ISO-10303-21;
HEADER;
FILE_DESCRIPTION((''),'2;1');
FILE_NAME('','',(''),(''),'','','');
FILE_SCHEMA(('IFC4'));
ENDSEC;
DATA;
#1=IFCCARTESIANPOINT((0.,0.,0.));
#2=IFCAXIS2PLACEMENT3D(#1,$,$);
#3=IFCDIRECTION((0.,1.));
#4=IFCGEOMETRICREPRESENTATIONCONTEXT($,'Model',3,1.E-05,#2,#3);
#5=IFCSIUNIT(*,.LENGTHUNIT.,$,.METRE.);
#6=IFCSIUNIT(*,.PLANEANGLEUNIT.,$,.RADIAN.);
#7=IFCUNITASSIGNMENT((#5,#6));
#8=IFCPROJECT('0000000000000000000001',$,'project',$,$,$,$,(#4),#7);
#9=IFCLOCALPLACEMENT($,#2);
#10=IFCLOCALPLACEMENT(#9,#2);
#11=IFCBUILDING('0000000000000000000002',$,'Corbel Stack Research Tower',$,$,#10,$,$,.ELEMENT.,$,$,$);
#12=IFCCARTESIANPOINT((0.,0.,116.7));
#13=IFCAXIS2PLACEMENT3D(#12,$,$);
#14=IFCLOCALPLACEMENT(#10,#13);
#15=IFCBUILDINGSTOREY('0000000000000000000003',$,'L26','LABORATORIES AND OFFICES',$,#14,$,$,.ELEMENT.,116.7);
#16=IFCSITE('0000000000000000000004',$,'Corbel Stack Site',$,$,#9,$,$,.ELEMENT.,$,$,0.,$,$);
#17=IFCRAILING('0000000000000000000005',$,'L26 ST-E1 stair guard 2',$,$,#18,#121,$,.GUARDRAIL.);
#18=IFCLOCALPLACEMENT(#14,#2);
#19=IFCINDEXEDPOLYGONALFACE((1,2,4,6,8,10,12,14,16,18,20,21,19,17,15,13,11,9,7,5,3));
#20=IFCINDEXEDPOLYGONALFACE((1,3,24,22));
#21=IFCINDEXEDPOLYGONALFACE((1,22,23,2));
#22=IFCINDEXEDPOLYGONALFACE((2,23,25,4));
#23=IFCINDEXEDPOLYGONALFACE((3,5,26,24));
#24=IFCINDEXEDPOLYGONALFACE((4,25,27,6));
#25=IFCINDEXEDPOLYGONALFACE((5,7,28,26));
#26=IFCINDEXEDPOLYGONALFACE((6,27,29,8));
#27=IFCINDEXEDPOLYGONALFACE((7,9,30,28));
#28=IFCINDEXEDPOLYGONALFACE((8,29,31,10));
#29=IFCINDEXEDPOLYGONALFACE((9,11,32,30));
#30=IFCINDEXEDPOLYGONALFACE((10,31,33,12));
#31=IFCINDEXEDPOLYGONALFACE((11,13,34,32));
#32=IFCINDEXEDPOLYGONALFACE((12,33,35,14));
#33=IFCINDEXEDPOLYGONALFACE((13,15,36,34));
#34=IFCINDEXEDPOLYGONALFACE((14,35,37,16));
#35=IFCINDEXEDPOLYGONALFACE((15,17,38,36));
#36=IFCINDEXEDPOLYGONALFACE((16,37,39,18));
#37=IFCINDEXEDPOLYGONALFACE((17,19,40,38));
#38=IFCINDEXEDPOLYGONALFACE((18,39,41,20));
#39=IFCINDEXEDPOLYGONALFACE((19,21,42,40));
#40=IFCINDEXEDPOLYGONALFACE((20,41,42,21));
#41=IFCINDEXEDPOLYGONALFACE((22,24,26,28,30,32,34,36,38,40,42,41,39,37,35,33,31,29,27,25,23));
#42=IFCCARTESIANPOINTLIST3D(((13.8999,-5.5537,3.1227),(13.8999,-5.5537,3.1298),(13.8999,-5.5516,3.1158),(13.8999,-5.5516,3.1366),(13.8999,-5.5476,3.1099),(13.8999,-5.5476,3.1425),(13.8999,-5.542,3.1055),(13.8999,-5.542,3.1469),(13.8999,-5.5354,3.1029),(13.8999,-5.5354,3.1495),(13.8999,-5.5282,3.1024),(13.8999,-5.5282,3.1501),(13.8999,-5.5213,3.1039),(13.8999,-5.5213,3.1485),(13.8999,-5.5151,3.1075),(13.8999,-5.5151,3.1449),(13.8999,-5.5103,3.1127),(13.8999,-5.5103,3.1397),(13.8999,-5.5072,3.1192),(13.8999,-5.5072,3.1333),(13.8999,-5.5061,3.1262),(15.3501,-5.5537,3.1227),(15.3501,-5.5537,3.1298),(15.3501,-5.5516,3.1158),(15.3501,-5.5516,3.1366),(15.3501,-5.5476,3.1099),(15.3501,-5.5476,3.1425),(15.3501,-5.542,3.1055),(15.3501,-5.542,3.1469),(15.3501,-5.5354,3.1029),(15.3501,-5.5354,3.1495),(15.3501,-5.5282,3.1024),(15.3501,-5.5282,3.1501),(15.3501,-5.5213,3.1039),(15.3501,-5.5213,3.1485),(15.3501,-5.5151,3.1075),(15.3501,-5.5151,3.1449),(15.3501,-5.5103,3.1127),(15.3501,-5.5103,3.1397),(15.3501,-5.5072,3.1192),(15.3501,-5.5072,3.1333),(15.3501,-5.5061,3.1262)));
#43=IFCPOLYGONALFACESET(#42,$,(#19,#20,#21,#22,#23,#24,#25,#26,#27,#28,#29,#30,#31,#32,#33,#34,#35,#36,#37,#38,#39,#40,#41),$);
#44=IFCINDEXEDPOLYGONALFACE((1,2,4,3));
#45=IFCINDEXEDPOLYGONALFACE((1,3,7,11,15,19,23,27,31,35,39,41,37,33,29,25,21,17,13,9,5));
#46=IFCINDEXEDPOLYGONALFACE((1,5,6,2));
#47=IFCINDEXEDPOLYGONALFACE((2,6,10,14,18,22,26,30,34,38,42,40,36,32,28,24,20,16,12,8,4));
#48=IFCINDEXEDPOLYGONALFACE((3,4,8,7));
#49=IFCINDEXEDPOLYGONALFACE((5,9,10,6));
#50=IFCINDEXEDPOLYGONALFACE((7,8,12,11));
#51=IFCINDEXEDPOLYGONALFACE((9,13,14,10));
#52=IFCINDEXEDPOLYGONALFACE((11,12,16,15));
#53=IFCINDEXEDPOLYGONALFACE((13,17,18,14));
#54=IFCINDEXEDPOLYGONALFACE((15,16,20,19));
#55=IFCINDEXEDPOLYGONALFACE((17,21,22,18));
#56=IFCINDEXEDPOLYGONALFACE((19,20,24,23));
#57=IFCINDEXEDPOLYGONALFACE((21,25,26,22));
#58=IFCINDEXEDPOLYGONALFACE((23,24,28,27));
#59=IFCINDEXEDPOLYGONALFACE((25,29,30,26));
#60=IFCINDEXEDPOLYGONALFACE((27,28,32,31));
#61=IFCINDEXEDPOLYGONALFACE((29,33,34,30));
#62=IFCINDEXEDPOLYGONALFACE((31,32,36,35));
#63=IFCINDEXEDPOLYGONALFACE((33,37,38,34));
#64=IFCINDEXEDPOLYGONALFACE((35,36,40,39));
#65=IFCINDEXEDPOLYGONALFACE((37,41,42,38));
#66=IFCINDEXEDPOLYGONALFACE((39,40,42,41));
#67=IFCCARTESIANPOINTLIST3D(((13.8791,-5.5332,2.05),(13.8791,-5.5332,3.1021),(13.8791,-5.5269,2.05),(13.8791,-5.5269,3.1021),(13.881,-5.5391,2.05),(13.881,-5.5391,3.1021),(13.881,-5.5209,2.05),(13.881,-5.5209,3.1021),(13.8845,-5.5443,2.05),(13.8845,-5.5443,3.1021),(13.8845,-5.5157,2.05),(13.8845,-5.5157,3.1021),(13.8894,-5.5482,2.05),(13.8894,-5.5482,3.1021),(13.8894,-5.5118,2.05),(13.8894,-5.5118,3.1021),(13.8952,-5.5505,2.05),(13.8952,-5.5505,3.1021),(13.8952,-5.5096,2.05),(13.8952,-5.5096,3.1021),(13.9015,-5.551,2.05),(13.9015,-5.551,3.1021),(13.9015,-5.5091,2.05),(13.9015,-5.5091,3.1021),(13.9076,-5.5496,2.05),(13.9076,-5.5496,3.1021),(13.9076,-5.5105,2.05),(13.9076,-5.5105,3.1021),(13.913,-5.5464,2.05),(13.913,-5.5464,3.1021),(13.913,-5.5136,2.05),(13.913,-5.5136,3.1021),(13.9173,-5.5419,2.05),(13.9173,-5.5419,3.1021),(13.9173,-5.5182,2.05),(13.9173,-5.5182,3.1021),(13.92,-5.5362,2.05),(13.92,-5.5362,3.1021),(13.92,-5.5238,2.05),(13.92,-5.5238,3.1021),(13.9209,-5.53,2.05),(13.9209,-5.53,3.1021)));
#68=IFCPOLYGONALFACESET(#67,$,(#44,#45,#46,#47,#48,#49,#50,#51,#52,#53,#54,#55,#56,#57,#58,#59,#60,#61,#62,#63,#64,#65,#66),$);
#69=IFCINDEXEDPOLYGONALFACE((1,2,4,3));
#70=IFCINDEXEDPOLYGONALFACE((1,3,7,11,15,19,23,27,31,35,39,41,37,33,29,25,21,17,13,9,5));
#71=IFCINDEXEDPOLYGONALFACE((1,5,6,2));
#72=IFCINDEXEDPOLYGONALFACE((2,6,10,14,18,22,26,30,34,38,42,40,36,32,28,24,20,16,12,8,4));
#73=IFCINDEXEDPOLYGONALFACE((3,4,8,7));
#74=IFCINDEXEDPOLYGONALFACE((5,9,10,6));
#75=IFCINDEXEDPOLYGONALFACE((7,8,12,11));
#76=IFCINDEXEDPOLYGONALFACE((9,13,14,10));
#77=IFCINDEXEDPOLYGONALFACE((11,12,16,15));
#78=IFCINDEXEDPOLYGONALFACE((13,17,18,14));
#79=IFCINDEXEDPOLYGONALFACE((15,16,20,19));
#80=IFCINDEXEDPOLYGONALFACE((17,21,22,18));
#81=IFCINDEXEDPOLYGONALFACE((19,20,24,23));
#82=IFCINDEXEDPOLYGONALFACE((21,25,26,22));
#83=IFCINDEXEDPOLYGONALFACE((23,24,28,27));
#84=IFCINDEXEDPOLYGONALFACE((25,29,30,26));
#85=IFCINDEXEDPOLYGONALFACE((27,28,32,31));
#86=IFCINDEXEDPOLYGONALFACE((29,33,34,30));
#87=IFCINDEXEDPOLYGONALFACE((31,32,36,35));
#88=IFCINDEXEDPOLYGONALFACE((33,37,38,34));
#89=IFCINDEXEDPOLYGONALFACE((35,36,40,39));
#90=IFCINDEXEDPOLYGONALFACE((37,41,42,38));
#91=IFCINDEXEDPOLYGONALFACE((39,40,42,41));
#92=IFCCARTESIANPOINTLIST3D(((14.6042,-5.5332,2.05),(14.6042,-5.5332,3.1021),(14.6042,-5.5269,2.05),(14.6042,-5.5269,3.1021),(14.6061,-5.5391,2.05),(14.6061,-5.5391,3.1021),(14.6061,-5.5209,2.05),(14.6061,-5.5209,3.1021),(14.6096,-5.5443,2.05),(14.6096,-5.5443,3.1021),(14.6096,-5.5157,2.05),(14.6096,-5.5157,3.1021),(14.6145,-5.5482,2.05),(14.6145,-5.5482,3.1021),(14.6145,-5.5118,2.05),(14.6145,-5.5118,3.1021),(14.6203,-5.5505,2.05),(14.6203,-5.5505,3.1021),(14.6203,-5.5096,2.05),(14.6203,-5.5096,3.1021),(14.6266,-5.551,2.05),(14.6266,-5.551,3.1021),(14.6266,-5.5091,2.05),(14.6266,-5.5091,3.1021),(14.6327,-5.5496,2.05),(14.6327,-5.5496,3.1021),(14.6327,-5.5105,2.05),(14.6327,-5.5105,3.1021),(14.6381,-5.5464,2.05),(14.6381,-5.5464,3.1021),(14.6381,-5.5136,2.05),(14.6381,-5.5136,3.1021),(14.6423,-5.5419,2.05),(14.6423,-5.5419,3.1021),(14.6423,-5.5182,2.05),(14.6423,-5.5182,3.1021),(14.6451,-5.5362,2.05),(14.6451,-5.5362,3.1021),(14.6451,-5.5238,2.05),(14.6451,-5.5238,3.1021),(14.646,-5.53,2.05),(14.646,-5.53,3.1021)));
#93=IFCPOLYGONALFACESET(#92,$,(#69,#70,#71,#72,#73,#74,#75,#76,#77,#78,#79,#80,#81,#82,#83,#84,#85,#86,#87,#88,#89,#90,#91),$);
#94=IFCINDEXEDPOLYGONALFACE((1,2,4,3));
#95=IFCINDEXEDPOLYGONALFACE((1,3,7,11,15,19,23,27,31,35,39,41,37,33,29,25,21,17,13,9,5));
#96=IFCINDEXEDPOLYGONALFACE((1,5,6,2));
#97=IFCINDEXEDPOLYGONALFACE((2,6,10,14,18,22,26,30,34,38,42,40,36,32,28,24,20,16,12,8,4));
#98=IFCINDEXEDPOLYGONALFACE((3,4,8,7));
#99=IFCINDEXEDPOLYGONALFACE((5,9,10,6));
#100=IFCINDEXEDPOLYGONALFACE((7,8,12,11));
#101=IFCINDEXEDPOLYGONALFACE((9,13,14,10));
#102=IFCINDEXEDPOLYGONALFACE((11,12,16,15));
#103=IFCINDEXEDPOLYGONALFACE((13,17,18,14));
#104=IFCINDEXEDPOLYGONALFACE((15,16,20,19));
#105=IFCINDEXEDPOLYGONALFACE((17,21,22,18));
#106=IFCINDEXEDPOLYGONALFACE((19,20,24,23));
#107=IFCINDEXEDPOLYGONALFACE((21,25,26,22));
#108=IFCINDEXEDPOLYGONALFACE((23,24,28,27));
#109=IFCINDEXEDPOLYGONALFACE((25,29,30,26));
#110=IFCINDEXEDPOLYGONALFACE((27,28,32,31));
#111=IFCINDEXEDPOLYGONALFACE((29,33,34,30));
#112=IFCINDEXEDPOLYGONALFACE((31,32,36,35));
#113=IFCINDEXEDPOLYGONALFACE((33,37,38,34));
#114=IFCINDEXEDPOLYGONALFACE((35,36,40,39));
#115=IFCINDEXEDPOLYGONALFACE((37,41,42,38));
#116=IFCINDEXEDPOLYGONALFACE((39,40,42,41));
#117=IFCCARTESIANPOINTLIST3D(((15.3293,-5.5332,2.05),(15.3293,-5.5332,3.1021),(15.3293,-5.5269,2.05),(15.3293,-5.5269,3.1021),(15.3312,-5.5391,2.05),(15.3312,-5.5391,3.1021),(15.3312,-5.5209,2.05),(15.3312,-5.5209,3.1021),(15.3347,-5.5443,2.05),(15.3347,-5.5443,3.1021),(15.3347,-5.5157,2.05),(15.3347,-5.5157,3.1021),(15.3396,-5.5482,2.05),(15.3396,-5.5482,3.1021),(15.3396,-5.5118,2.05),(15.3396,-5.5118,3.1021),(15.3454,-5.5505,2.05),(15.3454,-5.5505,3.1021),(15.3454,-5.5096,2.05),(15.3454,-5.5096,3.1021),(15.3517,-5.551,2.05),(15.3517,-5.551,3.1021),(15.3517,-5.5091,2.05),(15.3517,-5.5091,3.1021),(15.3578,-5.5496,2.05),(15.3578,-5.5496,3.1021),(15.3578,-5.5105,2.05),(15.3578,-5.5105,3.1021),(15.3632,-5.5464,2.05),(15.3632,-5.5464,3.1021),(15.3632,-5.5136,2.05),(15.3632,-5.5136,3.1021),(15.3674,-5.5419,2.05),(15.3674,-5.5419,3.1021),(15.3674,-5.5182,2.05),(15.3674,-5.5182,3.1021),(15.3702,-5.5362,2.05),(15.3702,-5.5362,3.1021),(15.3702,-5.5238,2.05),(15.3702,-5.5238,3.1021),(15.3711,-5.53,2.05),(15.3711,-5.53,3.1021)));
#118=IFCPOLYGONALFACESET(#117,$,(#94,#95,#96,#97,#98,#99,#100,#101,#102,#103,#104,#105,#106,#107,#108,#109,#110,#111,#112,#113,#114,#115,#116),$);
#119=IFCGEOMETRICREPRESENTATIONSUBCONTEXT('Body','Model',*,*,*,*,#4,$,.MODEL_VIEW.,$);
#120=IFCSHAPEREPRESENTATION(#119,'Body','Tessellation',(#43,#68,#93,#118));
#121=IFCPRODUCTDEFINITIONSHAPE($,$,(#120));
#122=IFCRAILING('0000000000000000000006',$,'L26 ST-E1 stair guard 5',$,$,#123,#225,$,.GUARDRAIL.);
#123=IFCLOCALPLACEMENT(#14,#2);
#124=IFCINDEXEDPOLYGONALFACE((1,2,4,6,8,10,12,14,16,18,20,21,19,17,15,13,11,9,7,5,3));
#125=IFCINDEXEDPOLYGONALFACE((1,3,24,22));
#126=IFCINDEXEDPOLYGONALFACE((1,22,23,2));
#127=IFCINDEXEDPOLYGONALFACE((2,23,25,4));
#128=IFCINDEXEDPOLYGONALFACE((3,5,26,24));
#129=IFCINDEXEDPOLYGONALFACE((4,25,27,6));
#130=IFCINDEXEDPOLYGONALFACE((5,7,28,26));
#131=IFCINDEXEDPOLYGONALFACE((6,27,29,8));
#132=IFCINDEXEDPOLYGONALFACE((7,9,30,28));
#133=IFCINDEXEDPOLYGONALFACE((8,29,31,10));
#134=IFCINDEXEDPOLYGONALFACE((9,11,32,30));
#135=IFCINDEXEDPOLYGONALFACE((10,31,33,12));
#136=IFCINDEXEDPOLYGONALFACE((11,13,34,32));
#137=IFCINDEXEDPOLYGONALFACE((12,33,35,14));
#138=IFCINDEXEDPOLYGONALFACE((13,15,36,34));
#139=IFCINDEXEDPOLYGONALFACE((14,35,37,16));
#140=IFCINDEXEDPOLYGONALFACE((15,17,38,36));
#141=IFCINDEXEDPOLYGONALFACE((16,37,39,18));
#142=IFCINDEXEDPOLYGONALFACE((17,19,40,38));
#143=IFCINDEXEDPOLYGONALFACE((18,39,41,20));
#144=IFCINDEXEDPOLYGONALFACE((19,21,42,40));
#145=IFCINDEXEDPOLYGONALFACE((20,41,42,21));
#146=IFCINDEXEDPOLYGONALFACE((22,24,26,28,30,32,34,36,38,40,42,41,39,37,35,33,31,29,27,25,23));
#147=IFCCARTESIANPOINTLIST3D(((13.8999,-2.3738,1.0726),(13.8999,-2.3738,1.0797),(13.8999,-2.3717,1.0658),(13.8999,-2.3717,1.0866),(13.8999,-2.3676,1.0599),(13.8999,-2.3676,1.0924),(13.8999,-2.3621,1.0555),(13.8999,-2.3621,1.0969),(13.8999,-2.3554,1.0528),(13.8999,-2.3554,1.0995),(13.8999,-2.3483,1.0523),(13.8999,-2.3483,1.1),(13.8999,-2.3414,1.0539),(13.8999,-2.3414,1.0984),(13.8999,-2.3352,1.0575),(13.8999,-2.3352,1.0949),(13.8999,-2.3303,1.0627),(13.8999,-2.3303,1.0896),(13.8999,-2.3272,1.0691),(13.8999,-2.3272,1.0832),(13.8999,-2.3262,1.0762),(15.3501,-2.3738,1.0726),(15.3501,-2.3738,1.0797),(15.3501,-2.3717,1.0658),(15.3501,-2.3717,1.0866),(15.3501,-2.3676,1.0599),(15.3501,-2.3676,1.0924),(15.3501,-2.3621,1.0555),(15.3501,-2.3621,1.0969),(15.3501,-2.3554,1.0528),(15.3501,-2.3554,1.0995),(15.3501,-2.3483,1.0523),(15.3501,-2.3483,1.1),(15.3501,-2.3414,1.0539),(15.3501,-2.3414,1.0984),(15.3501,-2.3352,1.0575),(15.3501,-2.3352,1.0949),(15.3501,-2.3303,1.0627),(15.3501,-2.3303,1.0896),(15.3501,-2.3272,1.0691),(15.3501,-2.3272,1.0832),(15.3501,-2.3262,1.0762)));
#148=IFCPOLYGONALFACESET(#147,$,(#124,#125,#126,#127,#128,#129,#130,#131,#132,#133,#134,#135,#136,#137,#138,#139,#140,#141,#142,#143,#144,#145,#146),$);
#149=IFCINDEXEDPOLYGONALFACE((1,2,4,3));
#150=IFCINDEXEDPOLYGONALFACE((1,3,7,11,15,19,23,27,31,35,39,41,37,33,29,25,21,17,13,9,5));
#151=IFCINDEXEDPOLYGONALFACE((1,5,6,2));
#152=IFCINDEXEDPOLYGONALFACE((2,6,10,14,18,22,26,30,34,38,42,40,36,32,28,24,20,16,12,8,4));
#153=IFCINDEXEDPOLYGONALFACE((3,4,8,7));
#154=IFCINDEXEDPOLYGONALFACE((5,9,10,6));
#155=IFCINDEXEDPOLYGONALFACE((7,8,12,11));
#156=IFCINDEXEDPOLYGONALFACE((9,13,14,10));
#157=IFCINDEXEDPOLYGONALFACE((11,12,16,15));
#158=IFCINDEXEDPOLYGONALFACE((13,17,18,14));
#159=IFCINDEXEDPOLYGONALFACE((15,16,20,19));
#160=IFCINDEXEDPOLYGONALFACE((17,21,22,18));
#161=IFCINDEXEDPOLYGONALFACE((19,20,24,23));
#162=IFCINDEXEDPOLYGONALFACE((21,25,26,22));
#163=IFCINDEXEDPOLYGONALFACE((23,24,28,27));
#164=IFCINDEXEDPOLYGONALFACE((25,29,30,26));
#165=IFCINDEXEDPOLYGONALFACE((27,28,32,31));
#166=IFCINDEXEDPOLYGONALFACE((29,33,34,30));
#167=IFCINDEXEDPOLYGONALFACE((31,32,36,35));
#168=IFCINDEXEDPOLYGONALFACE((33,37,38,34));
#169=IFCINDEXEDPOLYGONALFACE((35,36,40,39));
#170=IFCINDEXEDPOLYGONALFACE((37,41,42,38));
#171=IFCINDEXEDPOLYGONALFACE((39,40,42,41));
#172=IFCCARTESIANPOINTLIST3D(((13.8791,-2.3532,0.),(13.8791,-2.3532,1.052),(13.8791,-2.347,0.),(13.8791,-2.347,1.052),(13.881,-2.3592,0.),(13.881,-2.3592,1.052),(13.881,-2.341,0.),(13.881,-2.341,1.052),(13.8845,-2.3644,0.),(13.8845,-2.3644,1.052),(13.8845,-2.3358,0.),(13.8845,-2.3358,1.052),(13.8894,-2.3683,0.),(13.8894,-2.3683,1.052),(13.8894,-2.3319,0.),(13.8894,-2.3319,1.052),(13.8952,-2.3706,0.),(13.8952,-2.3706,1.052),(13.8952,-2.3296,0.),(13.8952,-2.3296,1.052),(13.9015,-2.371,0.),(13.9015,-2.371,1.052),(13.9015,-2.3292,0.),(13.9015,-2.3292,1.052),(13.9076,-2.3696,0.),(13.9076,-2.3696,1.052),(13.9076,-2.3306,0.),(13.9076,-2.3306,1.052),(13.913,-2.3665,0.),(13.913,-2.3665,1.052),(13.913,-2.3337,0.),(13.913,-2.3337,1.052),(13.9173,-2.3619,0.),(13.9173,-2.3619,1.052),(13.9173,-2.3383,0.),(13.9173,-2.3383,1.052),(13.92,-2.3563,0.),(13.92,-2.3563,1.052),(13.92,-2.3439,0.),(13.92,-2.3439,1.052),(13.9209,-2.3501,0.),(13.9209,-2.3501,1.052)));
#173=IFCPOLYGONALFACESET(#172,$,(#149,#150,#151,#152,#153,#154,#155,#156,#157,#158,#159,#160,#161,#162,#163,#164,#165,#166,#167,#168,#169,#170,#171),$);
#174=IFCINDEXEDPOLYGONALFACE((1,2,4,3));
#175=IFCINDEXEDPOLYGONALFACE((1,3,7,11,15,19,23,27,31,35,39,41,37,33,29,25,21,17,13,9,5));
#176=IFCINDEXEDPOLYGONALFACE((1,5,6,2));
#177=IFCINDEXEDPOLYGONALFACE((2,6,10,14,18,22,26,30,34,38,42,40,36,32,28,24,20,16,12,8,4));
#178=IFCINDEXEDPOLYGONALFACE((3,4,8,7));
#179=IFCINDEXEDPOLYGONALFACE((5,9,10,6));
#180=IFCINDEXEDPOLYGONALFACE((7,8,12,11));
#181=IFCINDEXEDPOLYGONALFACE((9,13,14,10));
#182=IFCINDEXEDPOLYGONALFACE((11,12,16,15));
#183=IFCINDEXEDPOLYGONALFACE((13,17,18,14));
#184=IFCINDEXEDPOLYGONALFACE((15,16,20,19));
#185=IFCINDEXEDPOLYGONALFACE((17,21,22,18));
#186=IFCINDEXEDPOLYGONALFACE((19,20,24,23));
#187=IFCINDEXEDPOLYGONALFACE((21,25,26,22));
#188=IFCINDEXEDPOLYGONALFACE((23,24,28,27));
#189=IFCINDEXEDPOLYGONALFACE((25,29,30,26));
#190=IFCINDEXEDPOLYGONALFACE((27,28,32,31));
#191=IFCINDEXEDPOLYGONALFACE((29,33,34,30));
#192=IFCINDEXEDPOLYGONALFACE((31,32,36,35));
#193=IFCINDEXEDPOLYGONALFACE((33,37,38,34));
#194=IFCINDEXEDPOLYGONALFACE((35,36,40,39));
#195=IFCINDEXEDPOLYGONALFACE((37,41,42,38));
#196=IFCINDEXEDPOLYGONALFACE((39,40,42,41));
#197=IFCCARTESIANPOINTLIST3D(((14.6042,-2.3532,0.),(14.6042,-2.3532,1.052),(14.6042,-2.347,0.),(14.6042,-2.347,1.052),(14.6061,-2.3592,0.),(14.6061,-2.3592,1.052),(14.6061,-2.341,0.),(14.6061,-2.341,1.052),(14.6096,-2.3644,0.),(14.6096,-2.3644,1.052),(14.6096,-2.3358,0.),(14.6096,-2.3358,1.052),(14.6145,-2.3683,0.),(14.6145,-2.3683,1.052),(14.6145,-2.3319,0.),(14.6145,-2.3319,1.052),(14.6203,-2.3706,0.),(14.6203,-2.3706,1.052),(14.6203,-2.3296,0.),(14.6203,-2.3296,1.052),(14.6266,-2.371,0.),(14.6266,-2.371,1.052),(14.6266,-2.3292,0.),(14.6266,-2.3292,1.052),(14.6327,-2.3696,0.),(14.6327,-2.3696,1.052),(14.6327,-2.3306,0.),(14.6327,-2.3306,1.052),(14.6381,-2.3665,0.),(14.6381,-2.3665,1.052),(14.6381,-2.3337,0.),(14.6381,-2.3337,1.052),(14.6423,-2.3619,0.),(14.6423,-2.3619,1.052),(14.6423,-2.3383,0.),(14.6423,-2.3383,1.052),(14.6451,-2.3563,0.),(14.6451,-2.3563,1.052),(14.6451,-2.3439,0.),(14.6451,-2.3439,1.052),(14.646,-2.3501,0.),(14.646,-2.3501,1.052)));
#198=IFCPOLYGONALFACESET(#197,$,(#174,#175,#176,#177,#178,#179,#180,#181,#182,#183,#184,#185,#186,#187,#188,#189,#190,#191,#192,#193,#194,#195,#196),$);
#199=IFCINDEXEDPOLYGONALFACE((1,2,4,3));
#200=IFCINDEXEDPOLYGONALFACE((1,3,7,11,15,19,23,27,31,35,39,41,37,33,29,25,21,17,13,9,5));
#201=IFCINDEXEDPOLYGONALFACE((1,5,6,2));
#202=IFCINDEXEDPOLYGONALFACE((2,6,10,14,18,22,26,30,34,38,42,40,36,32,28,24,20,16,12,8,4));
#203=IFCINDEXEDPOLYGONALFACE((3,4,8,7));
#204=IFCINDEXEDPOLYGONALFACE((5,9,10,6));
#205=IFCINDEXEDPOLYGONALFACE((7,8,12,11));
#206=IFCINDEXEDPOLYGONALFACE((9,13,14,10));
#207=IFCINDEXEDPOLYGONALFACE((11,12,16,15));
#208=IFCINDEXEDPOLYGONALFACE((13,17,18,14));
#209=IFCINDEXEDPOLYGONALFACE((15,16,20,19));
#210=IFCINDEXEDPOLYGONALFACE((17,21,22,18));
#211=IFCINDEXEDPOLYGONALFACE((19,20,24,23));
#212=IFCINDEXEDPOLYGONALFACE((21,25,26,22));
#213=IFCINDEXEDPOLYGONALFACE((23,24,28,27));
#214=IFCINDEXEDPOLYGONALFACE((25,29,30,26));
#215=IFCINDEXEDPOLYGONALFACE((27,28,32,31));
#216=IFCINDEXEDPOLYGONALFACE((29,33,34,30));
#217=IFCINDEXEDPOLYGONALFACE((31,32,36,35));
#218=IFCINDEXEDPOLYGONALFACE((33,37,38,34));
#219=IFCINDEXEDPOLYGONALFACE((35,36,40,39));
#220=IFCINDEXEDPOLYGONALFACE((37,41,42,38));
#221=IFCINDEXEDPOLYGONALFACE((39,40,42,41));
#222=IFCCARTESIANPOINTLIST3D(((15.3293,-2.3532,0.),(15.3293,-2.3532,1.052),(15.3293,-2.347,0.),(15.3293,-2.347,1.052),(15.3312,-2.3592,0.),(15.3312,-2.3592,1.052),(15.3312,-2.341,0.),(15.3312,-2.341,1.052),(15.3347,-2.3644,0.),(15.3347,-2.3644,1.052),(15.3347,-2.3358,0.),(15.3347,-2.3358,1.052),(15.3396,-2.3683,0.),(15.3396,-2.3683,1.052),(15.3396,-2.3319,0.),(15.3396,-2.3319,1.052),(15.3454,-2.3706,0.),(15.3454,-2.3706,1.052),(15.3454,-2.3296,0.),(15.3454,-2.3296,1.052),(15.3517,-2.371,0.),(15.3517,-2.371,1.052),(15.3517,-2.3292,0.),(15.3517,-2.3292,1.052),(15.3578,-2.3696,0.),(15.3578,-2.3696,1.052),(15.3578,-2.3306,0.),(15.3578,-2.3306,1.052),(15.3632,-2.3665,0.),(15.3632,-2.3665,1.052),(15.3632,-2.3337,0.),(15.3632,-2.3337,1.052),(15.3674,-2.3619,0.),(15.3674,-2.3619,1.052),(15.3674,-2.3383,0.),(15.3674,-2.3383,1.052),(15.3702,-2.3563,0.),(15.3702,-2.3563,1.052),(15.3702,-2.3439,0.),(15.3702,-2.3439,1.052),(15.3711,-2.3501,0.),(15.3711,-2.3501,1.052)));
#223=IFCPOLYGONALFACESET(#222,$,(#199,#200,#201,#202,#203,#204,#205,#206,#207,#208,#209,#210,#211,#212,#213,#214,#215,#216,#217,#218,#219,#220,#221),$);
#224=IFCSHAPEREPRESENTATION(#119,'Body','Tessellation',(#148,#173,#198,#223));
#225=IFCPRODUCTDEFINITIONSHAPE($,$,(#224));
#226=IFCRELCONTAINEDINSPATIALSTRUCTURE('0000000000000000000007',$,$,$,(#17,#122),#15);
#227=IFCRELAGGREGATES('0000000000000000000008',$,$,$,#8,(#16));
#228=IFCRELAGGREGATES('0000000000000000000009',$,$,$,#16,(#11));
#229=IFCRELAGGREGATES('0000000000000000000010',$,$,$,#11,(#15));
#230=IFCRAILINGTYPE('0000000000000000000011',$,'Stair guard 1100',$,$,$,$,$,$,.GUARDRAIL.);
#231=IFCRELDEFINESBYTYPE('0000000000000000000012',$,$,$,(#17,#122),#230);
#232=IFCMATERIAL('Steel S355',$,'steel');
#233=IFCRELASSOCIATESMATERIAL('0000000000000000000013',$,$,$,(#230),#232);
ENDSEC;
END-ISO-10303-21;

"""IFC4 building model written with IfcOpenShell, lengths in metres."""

from ifc_helpers import new_model, si_unit, direction, frame, origin, origin_2d, place, context, subcontext, project, spatial, circle, extrude, material, type_object, element, save


model = new_model("IFC4")

# Units and contexts
model_context = context("Model", 3, precision=1e-05, world=origin(), true_north=direction((0.0, 1.0)))
body_context = subcontext(model_context, "Body", "Model", "MODEL_VIEW")
ifc_project = project(units=[si_unit("LENGTHUNIT", "METRE"), si_unit("PLANEANGLEUNIT", "RADIAN")], contexts=[model_context])

# Site, building, storey
site_placement = place(None, origin())
site = spatial("IfcSite", under=ifc_project, at=site_placement, Name="Corbel Stack Site", CompositionType="ELEMENT", RefElevation=0.0)
building_placement = place(site_placement, origin())
building = spatial("IfcBuilding", under=site, at=building_placement, Name="Corbel Stack Research Tower", CompositionType="ELEMENT")
storey_placement = place(building_placement, frame((0.0, 0.0, 116.7)))
storey = spatial("IfcBuildingStorey", under=building, at=storey_placement, Name="L26", Description="LABORATORIES AND OFFICES", CompositionType="ELEMENT", Elevation=116.7)

# Railings
ifc_material_1 = material(Name="Steel S355", Category="steel")
railing_type_1 = type_object("IfcRailingType", Name="Stair guard 1100", PredefinedType="GUARDRAIL", material=ifc_material_1)
for number, where, name in (
    (1, (13.8999, -5.53, 2.05), "L26 ST-E1 stair guard 2"),
    (2, (13.8999, -2.3501, 0.0), "L26 ST-E1 stair guard 5"),
):
    element("IfcRailing", number, at=place(storey_placement, frame(where)), inside=storey, type_object=railing_type_1, Name=name, PredefinedType="GUARDRAIL", context=body_context, shape_type="SweptSolid", body=[
        extrude(circle(Radius=0.0239, at=origin_2d()), frame((0.0, 0.0, 1.0762), z_axis=(1.0, 0.0, 0.0), x_axis=(0.0, 1.0, 0.0)), (0.0, 0.0, 1.0), 1.4502),
        extrude(circle(Radius=0.021, at=origin_2d()), origin(), (0.0, 0.0, 1.0), 1.052),
        extrude(circle(Radius=0.021, at=origin_2d()), frame((0.7251, 0.0, 0.0)), (0.0, 0.0, 1.0), 1.052),
        extrude(circle(Radius=0.021, at=origin_2d()), frame((1.4502, 0.0, 0.0)), (0.0, 0.0, 1.0), 1.052),
    ])

save(model, "model.ifc")
